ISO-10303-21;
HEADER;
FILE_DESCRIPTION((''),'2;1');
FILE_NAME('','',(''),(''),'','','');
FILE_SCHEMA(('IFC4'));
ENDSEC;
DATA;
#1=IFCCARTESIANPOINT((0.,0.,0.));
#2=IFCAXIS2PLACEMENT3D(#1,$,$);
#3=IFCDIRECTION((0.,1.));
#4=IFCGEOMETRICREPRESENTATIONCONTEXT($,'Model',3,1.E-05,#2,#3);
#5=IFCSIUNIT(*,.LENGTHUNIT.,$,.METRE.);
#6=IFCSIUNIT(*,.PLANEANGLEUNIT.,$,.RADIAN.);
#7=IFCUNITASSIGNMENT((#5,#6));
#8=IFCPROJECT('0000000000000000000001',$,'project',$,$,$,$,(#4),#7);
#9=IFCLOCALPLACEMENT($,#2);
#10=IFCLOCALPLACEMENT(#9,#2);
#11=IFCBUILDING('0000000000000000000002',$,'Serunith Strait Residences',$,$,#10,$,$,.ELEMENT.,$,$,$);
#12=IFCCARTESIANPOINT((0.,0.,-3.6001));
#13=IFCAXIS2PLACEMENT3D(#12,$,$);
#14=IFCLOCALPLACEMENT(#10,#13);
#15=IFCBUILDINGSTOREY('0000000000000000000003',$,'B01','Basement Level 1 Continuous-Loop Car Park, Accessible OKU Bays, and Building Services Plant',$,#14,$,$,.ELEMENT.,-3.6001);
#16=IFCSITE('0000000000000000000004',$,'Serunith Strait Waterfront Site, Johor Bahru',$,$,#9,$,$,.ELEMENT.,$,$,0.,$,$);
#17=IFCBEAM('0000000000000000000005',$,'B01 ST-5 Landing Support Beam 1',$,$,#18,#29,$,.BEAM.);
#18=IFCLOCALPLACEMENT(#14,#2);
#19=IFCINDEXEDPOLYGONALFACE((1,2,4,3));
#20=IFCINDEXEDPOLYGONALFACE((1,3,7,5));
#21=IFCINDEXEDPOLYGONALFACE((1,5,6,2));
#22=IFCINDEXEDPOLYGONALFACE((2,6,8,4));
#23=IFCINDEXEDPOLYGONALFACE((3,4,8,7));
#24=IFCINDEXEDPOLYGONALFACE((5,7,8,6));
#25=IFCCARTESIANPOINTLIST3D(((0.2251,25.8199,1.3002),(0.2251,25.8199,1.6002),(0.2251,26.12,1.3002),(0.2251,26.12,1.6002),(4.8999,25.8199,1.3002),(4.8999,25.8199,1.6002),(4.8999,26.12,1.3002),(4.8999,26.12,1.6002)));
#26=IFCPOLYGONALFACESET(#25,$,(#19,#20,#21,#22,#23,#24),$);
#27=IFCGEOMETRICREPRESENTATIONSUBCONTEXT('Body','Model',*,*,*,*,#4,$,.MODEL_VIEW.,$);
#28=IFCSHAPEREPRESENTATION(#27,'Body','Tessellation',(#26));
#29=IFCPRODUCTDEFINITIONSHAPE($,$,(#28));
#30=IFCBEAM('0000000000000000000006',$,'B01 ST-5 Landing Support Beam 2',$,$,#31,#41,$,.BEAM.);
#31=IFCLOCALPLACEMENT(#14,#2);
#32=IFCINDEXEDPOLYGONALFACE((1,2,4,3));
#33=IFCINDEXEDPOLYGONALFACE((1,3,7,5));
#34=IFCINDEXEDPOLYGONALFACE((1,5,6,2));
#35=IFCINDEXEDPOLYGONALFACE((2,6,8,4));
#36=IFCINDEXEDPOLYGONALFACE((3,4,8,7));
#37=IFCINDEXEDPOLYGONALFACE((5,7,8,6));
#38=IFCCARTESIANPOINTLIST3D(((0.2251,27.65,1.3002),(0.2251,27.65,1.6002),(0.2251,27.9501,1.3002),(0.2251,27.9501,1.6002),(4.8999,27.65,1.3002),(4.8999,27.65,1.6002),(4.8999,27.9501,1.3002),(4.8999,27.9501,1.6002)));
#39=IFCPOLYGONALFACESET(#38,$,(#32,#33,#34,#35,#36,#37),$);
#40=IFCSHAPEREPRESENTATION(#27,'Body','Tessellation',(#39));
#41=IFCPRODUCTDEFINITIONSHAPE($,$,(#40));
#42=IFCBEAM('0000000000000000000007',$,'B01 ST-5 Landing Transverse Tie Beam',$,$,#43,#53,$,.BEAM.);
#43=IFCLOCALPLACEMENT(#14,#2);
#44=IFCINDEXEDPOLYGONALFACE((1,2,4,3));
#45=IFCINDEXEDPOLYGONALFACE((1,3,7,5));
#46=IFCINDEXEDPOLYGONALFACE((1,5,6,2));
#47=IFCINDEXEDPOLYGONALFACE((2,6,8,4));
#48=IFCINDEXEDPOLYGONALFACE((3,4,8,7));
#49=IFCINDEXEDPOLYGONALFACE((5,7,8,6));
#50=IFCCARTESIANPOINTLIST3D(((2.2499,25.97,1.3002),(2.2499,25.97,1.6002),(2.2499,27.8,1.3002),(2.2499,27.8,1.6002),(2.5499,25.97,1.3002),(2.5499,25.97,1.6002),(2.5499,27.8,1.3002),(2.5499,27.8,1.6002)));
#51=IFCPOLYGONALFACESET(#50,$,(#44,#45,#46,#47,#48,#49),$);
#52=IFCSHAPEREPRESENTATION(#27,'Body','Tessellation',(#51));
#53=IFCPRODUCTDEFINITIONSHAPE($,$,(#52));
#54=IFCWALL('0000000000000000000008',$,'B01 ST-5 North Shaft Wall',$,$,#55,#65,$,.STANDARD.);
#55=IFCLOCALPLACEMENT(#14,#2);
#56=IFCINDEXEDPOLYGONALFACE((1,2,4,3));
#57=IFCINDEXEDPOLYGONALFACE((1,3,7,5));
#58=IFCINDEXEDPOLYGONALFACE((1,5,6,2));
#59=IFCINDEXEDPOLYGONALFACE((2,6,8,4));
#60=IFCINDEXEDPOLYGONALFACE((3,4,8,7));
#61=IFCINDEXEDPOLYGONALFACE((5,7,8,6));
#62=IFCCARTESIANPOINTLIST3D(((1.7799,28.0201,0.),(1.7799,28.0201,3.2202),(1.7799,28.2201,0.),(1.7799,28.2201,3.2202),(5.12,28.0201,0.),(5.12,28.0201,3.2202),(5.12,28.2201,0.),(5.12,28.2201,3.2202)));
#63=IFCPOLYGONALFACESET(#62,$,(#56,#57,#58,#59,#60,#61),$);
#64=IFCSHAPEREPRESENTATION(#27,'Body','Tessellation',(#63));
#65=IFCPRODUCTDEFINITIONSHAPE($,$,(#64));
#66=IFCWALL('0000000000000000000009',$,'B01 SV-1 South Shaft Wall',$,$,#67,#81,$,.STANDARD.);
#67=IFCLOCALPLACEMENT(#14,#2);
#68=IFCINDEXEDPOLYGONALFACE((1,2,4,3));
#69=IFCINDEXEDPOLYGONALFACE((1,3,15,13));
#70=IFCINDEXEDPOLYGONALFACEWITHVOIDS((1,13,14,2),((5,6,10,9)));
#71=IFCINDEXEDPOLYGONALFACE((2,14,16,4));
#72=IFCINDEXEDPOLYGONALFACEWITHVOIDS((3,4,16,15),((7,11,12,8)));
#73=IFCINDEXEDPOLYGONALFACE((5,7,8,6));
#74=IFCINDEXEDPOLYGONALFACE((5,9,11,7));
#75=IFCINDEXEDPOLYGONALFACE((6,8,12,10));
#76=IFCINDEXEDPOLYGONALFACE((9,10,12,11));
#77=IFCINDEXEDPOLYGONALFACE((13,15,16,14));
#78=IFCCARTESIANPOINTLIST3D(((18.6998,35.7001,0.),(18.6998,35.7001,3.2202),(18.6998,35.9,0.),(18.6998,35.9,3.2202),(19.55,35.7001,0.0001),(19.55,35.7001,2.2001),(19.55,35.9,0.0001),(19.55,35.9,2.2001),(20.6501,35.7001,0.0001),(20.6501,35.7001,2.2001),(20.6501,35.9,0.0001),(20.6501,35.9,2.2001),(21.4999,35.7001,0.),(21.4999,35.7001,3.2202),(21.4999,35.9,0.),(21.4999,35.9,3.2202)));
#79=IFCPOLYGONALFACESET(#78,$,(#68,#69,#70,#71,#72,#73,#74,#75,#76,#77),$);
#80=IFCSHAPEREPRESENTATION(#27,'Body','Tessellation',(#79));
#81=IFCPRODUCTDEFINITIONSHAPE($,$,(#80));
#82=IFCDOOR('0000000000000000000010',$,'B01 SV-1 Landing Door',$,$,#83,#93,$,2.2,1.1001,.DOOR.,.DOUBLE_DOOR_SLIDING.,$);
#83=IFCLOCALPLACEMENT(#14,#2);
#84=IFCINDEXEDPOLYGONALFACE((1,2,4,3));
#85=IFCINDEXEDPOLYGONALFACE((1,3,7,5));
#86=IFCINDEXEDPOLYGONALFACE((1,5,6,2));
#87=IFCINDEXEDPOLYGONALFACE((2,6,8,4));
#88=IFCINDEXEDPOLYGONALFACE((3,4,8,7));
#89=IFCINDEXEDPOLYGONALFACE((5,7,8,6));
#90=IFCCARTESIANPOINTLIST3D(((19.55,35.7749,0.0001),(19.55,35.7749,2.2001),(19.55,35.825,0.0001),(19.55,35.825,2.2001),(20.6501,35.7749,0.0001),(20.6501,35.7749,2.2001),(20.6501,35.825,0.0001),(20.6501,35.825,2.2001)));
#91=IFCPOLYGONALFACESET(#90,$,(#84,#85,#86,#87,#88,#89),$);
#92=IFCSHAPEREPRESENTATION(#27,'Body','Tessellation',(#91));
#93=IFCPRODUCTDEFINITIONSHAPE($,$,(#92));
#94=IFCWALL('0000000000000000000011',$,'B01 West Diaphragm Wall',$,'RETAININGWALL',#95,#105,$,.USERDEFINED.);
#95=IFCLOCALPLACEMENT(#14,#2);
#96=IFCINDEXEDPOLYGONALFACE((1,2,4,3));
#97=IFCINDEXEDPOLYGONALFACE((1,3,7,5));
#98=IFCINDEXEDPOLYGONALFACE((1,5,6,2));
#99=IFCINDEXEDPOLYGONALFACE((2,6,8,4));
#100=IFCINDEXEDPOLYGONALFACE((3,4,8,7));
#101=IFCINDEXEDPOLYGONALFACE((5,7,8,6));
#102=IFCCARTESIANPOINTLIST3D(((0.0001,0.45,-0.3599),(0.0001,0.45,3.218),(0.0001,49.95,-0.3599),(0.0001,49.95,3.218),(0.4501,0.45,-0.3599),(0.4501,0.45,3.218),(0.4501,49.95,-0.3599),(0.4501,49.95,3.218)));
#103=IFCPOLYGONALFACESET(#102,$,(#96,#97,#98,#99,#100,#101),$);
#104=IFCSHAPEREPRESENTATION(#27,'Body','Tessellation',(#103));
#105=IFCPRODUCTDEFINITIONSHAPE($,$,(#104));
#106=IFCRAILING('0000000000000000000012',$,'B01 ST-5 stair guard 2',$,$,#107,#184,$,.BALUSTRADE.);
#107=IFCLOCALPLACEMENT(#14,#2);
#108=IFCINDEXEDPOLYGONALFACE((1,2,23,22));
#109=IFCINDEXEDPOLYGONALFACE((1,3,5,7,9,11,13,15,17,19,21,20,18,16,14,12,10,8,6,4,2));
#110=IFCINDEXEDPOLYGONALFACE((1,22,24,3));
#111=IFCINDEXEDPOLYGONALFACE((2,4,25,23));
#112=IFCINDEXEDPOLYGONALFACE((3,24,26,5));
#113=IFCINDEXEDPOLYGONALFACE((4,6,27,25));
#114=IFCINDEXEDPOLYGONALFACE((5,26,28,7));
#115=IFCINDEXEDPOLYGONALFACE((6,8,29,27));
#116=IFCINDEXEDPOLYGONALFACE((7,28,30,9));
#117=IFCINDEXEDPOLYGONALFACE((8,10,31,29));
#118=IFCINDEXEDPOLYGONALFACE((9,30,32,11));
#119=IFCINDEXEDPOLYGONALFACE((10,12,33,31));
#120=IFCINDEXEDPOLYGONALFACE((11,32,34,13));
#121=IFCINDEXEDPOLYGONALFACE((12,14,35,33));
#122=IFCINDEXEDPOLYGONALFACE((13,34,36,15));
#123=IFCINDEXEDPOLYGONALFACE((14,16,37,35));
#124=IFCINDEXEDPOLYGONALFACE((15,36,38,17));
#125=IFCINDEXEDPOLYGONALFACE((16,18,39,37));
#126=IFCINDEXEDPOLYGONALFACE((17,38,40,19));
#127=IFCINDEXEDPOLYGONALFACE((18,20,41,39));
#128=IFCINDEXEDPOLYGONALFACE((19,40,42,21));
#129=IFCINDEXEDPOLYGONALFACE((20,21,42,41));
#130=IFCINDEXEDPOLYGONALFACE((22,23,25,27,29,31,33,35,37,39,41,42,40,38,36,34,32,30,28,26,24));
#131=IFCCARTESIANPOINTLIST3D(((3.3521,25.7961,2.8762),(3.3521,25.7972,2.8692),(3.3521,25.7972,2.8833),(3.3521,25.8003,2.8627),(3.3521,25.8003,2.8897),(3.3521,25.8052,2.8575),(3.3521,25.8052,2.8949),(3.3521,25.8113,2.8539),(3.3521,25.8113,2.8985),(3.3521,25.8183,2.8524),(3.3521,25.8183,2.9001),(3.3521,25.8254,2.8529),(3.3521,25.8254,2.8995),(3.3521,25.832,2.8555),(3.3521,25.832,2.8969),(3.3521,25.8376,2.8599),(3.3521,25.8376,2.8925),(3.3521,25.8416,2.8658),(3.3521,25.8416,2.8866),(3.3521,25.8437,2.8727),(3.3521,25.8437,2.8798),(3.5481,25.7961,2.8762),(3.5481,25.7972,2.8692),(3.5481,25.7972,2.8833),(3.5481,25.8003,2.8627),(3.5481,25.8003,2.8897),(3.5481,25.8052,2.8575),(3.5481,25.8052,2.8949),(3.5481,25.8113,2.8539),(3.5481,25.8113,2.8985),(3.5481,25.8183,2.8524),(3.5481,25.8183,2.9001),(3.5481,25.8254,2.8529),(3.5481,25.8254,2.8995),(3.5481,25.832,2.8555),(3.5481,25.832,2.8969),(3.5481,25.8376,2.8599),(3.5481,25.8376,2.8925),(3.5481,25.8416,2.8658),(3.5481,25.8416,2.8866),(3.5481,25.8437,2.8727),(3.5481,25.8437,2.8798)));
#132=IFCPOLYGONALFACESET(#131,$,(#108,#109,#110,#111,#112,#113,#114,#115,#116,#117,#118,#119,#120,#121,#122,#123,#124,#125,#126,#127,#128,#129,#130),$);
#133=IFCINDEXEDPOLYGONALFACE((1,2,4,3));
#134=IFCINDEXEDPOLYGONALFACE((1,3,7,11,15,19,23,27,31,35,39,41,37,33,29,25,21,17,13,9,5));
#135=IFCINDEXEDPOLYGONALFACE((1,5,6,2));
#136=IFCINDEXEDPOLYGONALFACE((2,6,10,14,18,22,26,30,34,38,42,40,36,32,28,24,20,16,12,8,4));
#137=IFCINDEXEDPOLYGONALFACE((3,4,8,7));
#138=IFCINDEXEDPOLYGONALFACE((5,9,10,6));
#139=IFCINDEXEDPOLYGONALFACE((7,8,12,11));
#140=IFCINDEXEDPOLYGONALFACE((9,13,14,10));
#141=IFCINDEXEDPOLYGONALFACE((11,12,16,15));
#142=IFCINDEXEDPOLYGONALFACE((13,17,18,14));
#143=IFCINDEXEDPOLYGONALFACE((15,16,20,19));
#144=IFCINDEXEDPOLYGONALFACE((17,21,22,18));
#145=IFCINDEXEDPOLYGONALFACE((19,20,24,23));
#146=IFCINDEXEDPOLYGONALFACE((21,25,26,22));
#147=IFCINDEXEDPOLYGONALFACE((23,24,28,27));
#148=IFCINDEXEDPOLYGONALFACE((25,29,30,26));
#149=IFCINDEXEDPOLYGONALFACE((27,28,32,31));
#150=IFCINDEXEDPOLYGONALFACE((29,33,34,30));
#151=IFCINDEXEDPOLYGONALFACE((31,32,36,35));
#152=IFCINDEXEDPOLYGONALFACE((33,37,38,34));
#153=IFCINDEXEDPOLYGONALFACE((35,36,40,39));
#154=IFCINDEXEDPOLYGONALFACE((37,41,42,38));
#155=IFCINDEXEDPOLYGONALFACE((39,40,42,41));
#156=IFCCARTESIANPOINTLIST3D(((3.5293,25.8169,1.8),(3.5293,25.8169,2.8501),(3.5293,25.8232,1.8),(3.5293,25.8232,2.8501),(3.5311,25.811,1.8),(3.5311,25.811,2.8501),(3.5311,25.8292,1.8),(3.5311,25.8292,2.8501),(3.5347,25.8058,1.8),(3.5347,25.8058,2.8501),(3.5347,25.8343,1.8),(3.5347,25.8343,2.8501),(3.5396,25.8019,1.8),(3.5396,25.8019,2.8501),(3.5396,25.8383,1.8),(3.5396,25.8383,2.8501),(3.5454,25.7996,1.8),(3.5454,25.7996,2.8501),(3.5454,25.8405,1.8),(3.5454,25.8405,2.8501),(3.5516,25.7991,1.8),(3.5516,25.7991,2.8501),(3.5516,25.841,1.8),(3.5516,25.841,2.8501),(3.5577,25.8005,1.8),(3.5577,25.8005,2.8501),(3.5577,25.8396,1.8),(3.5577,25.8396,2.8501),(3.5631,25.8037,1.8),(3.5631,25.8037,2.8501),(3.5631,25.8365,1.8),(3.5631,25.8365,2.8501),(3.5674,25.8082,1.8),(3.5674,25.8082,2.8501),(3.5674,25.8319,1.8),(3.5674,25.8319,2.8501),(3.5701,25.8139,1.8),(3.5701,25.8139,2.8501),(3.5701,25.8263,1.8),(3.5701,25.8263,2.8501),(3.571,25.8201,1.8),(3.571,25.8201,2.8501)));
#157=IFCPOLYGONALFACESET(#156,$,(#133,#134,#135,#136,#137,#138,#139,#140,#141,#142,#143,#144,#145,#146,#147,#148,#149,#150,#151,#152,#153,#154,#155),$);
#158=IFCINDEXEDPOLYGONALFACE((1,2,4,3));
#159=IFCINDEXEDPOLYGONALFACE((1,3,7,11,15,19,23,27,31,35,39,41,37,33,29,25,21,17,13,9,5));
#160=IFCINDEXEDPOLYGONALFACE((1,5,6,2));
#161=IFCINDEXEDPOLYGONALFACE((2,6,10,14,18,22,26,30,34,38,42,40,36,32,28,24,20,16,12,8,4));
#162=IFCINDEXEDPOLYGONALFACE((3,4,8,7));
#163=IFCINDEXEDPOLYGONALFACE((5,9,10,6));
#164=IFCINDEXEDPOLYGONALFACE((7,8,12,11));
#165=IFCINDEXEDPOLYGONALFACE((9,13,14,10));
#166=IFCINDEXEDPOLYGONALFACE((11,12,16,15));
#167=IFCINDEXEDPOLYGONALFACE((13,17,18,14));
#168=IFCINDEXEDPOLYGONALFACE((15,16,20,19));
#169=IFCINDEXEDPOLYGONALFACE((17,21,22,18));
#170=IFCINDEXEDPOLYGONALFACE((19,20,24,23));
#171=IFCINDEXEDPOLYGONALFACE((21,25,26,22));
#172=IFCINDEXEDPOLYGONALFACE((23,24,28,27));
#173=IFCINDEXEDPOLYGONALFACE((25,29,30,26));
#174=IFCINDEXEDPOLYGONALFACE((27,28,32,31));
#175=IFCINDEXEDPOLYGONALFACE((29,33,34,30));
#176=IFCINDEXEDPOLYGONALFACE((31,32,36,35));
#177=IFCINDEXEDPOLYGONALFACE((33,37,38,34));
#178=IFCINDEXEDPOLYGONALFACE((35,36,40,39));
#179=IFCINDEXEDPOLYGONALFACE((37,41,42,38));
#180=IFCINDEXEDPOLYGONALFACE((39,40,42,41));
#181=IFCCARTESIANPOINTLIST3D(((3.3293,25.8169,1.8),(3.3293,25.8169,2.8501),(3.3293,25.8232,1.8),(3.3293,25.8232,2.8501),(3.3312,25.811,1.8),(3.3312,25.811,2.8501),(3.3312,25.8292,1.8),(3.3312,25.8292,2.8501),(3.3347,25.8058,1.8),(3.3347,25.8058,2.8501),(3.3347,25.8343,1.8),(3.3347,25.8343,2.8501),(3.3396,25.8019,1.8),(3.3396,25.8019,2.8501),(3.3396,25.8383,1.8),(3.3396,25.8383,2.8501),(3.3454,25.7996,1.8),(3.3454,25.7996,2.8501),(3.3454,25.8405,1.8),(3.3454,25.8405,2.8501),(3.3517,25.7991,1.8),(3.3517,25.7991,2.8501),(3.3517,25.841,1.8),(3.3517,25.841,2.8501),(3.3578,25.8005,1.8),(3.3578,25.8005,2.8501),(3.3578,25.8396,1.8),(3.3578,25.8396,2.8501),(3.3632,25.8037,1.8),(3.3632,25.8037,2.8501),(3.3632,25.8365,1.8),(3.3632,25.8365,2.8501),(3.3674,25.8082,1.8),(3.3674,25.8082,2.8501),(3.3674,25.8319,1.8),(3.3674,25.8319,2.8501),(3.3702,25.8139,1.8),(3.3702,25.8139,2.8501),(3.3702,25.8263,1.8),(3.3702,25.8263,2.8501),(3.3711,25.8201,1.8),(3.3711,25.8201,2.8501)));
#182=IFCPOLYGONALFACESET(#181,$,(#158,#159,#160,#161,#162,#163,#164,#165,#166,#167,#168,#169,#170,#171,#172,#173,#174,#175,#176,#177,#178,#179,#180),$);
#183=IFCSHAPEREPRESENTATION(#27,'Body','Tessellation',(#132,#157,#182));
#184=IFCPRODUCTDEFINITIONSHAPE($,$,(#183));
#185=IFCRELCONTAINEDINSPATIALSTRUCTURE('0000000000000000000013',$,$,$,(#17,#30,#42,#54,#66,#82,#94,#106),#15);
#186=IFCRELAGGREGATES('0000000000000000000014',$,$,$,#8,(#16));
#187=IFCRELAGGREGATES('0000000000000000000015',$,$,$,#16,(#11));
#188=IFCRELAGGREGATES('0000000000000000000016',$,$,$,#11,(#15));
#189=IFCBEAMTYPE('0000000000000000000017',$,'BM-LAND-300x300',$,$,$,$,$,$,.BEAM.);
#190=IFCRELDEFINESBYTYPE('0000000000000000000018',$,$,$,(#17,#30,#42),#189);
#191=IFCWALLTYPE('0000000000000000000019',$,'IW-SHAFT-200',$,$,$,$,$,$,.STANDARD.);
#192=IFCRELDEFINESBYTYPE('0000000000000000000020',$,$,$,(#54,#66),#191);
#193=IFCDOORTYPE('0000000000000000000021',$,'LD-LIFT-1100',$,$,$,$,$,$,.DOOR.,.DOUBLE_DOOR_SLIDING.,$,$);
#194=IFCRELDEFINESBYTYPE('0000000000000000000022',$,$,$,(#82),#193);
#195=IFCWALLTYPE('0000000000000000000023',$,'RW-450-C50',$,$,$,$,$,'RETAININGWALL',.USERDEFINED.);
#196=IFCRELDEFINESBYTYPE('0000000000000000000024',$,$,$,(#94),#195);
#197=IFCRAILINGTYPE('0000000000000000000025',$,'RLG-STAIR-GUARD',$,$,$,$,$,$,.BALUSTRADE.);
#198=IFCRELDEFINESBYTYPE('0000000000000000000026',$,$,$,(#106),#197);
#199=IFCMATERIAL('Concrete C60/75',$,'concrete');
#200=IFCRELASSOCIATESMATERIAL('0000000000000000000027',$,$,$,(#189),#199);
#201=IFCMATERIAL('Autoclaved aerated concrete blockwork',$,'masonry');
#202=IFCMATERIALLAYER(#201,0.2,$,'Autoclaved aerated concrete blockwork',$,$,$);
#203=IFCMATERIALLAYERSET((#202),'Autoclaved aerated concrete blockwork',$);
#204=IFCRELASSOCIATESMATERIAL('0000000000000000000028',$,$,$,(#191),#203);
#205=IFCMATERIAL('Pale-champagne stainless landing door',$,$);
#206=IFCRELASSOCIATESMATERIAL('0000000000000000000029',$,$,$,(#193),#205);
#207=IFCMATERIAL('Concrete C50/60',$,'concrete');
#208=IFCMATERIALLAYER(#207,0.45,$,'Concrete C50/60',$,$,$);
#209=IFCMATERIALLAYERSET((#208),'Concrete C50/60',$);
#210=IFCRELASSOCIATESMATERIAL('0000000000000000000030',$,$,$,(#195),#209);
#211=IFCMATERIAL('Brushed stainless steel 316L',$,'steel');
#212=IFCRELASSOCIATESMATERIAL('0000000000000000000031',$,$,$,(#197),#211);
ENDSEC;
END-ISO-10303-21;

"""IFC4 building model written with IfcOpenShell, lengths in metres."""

from ifc_helpers import new_model, si_unit, direction, frame, frame_2d, origin, origin_2d, place, context, subcontext, project, spatial, rectangle, circle, extrude, source, transform, mapped, material, layer, layer_set, material_profile, profile_set, type_object, element, fill, save


model = new_model("IFC4")

# Units and contexts
model_context = context("Model", 3, precision=1e-05, world=origin(), true_north=direction((0.0, 1.0)))
body_context = subcontext(model_context, "Body", "Model", "MODEL_VIEW")
ifc_project = project(units=[si_unit("LENGTHUNIT", "METRE"), si_unit("PLANEANGLEUNIT", "RADIAN")], contexts=[model_context])

# Site, building, storey
site_placement = place(None, origin())
site = spatial("IfcSite", under=ifc_project, at=site_placement, Name="Serunith Strait Waterfront Site, Johor Bahru", CompositionType="ELEMENT", RefElevation=0.0)
building_placement = place(site_placement, origin())
building = spatial("IfcBuilding", under=site, at=building_placement, Name="Serunith Strait Residences", CompositionType="ELEMENT")
storey_placement = place(building_placement, frame((0.0, 0.0, -3.6001)))
storey = spatial("IfcBuildingStorey", under=building, at=storey_placement, Name="B01", Description="Basement Level 1 Continuous-Loop Car Park, Accessible OKU Bays, and Building Services Plant", CompositionType="ELEMENT", Elevation=-3.6001)

# Beams
ifc_material_1 = material(Name="Concrete C60/75", Category="concrete")
ifc_material_profile_1 = material_profile(ifc_material_1, rectangle(XDim=0.3, YDim=0.3, at=origin_2d()), Name="RC 300x300")
ifc_profile_set_1 = profile_set([ifc_material_profile_1], Name="Concrete C60/75")
beam_type_1 = type_object("IfcBeamType", Name="BM-LAND-300x300", PredefinedType="BEAM", material=ifc_profile_set_1)
shared_shape_1 = source(origin(), body_context, "Body", "SweptSolid", [
    extrude(rectangle(XDim=0.3, YDim=0.3, at=origin_2d()), origin(), (0.0, 0.0, 1.0), 4.6748),
])
for number, where, z_axis, x_axis, name in (
    (1, (0.2251, 25.97, 1.4502), (1.0, 0.0, 0.0), (0.0, 1.0, 0.0), "B01 ST-5 Landing Support Beam 1"),
    (2, (0.2251, 27.8, 1.4502), (1.0, 0.0, 0.0), (0.0, 1.0, 0.0), "B01 ST-5 Landing Support Beam 2"),
):
    element("IfcBeam", number, at=place(storey_placement, frame(where, z_axis=z_axis, x_axis=x_axis)), inside=storey, type_object=beam_type_1, Name=name, PredefinedType="BEAM", context=body_context, shape_type="MappedRepresentation", body=[
        mapped(shared_shape_1, transform((0.0, 0.0, 0.0), scale=1.0)),
    ])
shared_shape_2 = source(origin(), body_context, "Body", "SweptSolid", [
    extrude(rectangle(XDim=0.3, YDim=0.3, at=origin_2d()), origin(), (0.0, 0.0, 1.0), 1.8301),
])
beam_1_placement = place(storey_placement, frame((2.3999, 25.97, 1.4502), z_axis=(0.0, 1.0, 0.0), x_axis=(-1.0, 0.0, 0.0)))
element("IfcBeam", 3, at=beam_1_placement, inside=storey, type_object=beam_type_1, Name="B01 ST-5 Landing Transverse Tie Beam", PredefinedType="BEAM", context=body_context, shape_type="MappedRepresentation", body=[
    mapped(shared_shape_2, transform((0.0, 0.0, 0.0), scale=1.0)),
])

# Wall
ifc_material_2 = material(Name="Autoclaved aerated concrete blockwork", Category="masonry")
ifc_layer_1 = layer(ifc_material_2, 0.2, Name="Autoclaved aerated concrete blockwork")
ifc_layer_set_1 = layer_set([ifc_layer_1], Name="Autoclaved aerated concrete blockwork")
wall_type_1 = type_object("IfcWallType", Name="IW-SHAFT-200", PredefinedType="STANDARD", material=ifc_layer_set_1)
wall_1_placement = place(storey_placement, frame((1.78, 28.1201, 0.0), z_axis=(0.0, 0.0, 1.0), x_axis=(1.0, 0.0, 0.0)))
element("IfcWall", 4, at=wall_1_placement, inside=storey, type_object=wall_type_1, Name="B01 ST-5 North Shaft Wall", PredefinedType="STANDARD", context=body_context, shape_type="SweptSolid", body=[
    extrude(rectangle(XDim=3.3401, YDim=0.2, at=frame_2d((1.6699, 0.0))), origin(), (0.0, 0.0, 1.0), 3.2202),
])

# Wall, opening, door
wall_2_placement = place(storey_placement, frame((18.7, 35.8, 0.0), z_axis=(0.0, 0.0, 1.0), x_axis=(1.0, 0.0, 0.0)))
wall_2 = element("IfcWall", 5, at=wall_2_placement, inside=storey, type_object=wall_type_1, Name="B01 SV-1 South Shaft Wall", PredefinedType="STANDARD", context=body_context, shape_type="SweptSolid", body=[
    extrude(rectangle(XDim=2.8, YDim=0.2, at=frame_2d((1.3999, 0.0))), origin(), (0.0, 0.0, 1.0), 3.2202),
])
opening_placement = place(wall_2_placement, frame((0.8501, 0.0, 0.0)))
opening = element("IfcOpeningElement", 6, at=opening_placement, cuts=wall_2, PredefinedType="OPENING", context=body_context, shape_type="SweptSolid", body=[
    extrude(rectangle(XDim=1.1001, YDim=2.2, at=frame_2d((0.55, 1.1001))), frame((0.0, 0.1099, 0.0), z_axis=(0.0, -1.0, 0.0), x_axis=(1.0, 0.0, 0.0)), (0.0, 0.0, 1.0), 0.22),
])
ifc_material_3 = material(Name="Pale-champagne stainless landing door")
door_type = type_object("IfcDoorType", Name="LD-LIFT-1100", OperationType="DOUBLE_DOOR_SLIDING", PredefinedType="DOOR", material=ifc_material_3)
shared_shape_3 = source(origin(), body_context, "Body", "SweptSolid", [
    extrude(rectangle(XDim=1.1001, YDim=2.2, at=frame_2d((0.55, 1.1001))), frame((0.0, 0.0249, 0.0), z_axis=(0.0, -1.0, 0.0), x_axis=(1.0, 0.0, 0.0)), (0.0, 0.0, 1.0), 0.05),
])
door_placement = place(opening_placement, origin())
door = element("IfcDoor", 7, at=door_placement, inside=storey, type_object=door_type, Name="B01 SV-1 Landing Door", OperationType="DOUBLE_DOOR_SLIDING", OverallHeight=2.2, OverallWidth=1.1001, PredefinedType="DOOR", context=body_context, shape_type="MappedRepresentation", body=[
    mapped(shared_shape_3, transform((0.0, 0.0, 0.0), scale=1.0)),
])
fill(opening, door)

# Wall
ifc_material_4 = material(Name="Concrete C50/60", Category="concrete")
ifc_layer_2 = layer(ifc_material_4, 0.45, Name="Concrete C50/60")
ifc_layer_set_2 = layer_set([ifc_layer_2], Name="Concrete C50/60")
wall_type_2 = type_object("IfcWallType", Name="RW-450-C50", ElementType="RETAININGWALL", PredefinedType="USERDEFINED", material=ifc_layer_set_2)
wall_3_placement = place(storey_placement, frame((0.2251, 49.95, -0.3599), z_axis=(0.0, 0.0, 1.0), x_axis=(0.0, -1.0, 0.0)))
element("IfcWall", 8, at=wall_3_placement, inside=storey, type_object=wall_type_2, Name="B01 West Diaphragm Wall", ObjectType="RETAININGWALL", PredefinedType="USERDEFINED", context=body_context, shape_type="SweptSolid", body=[
    extrude(rectangle(XDim=49.5, YDim=0.45, at=frame_2d((24.75, 0.0))), origin(), (0.0, 0.0, 1.0), 3.5779),
])

# Railing
ifc_material_5 = material(Name="Brushed stainless steel 316L", Category="steel")
railing_type_1 = type_object("IfcRailingType", Name="RLG-STAIR-GUARD", PredefinedType="BALUSTRADE", material=ifc_material_5)
railing_1_placement = place(storey_placement, frame((3.55, 25.8201, 1.8)))
element("IfcRailing", 9, at=railing_1_placement, inside=storey, type_object=railing_type_1, Name="B01 ST-5 stair guard 2", PredefinedType="BALUSTRADE", context=body_context, shape_type="SweptSolid", body=[
    extrude(circle(Radius=0.0239, at=origin_2d()), frame((-0.002, 0.0, 1.0762), z_axis=(-1.0, 0.0, 0.0), x_axis=(0.0, -1.0, 0.0)), (0.0, 0.0, 1.0), 0.196),
    extrude(circle(Radius=0.021, at=origin_2d()), origin(), (0.0, 0.0, 1.0), 1.05),
    extrude(circle(Radius=0.021, at=origin_2d()), frame((-0.2, 0.0, 0.0)), (0.0, 0.0, 1.0), 1.05),
])

save(model, "model.ifc")
